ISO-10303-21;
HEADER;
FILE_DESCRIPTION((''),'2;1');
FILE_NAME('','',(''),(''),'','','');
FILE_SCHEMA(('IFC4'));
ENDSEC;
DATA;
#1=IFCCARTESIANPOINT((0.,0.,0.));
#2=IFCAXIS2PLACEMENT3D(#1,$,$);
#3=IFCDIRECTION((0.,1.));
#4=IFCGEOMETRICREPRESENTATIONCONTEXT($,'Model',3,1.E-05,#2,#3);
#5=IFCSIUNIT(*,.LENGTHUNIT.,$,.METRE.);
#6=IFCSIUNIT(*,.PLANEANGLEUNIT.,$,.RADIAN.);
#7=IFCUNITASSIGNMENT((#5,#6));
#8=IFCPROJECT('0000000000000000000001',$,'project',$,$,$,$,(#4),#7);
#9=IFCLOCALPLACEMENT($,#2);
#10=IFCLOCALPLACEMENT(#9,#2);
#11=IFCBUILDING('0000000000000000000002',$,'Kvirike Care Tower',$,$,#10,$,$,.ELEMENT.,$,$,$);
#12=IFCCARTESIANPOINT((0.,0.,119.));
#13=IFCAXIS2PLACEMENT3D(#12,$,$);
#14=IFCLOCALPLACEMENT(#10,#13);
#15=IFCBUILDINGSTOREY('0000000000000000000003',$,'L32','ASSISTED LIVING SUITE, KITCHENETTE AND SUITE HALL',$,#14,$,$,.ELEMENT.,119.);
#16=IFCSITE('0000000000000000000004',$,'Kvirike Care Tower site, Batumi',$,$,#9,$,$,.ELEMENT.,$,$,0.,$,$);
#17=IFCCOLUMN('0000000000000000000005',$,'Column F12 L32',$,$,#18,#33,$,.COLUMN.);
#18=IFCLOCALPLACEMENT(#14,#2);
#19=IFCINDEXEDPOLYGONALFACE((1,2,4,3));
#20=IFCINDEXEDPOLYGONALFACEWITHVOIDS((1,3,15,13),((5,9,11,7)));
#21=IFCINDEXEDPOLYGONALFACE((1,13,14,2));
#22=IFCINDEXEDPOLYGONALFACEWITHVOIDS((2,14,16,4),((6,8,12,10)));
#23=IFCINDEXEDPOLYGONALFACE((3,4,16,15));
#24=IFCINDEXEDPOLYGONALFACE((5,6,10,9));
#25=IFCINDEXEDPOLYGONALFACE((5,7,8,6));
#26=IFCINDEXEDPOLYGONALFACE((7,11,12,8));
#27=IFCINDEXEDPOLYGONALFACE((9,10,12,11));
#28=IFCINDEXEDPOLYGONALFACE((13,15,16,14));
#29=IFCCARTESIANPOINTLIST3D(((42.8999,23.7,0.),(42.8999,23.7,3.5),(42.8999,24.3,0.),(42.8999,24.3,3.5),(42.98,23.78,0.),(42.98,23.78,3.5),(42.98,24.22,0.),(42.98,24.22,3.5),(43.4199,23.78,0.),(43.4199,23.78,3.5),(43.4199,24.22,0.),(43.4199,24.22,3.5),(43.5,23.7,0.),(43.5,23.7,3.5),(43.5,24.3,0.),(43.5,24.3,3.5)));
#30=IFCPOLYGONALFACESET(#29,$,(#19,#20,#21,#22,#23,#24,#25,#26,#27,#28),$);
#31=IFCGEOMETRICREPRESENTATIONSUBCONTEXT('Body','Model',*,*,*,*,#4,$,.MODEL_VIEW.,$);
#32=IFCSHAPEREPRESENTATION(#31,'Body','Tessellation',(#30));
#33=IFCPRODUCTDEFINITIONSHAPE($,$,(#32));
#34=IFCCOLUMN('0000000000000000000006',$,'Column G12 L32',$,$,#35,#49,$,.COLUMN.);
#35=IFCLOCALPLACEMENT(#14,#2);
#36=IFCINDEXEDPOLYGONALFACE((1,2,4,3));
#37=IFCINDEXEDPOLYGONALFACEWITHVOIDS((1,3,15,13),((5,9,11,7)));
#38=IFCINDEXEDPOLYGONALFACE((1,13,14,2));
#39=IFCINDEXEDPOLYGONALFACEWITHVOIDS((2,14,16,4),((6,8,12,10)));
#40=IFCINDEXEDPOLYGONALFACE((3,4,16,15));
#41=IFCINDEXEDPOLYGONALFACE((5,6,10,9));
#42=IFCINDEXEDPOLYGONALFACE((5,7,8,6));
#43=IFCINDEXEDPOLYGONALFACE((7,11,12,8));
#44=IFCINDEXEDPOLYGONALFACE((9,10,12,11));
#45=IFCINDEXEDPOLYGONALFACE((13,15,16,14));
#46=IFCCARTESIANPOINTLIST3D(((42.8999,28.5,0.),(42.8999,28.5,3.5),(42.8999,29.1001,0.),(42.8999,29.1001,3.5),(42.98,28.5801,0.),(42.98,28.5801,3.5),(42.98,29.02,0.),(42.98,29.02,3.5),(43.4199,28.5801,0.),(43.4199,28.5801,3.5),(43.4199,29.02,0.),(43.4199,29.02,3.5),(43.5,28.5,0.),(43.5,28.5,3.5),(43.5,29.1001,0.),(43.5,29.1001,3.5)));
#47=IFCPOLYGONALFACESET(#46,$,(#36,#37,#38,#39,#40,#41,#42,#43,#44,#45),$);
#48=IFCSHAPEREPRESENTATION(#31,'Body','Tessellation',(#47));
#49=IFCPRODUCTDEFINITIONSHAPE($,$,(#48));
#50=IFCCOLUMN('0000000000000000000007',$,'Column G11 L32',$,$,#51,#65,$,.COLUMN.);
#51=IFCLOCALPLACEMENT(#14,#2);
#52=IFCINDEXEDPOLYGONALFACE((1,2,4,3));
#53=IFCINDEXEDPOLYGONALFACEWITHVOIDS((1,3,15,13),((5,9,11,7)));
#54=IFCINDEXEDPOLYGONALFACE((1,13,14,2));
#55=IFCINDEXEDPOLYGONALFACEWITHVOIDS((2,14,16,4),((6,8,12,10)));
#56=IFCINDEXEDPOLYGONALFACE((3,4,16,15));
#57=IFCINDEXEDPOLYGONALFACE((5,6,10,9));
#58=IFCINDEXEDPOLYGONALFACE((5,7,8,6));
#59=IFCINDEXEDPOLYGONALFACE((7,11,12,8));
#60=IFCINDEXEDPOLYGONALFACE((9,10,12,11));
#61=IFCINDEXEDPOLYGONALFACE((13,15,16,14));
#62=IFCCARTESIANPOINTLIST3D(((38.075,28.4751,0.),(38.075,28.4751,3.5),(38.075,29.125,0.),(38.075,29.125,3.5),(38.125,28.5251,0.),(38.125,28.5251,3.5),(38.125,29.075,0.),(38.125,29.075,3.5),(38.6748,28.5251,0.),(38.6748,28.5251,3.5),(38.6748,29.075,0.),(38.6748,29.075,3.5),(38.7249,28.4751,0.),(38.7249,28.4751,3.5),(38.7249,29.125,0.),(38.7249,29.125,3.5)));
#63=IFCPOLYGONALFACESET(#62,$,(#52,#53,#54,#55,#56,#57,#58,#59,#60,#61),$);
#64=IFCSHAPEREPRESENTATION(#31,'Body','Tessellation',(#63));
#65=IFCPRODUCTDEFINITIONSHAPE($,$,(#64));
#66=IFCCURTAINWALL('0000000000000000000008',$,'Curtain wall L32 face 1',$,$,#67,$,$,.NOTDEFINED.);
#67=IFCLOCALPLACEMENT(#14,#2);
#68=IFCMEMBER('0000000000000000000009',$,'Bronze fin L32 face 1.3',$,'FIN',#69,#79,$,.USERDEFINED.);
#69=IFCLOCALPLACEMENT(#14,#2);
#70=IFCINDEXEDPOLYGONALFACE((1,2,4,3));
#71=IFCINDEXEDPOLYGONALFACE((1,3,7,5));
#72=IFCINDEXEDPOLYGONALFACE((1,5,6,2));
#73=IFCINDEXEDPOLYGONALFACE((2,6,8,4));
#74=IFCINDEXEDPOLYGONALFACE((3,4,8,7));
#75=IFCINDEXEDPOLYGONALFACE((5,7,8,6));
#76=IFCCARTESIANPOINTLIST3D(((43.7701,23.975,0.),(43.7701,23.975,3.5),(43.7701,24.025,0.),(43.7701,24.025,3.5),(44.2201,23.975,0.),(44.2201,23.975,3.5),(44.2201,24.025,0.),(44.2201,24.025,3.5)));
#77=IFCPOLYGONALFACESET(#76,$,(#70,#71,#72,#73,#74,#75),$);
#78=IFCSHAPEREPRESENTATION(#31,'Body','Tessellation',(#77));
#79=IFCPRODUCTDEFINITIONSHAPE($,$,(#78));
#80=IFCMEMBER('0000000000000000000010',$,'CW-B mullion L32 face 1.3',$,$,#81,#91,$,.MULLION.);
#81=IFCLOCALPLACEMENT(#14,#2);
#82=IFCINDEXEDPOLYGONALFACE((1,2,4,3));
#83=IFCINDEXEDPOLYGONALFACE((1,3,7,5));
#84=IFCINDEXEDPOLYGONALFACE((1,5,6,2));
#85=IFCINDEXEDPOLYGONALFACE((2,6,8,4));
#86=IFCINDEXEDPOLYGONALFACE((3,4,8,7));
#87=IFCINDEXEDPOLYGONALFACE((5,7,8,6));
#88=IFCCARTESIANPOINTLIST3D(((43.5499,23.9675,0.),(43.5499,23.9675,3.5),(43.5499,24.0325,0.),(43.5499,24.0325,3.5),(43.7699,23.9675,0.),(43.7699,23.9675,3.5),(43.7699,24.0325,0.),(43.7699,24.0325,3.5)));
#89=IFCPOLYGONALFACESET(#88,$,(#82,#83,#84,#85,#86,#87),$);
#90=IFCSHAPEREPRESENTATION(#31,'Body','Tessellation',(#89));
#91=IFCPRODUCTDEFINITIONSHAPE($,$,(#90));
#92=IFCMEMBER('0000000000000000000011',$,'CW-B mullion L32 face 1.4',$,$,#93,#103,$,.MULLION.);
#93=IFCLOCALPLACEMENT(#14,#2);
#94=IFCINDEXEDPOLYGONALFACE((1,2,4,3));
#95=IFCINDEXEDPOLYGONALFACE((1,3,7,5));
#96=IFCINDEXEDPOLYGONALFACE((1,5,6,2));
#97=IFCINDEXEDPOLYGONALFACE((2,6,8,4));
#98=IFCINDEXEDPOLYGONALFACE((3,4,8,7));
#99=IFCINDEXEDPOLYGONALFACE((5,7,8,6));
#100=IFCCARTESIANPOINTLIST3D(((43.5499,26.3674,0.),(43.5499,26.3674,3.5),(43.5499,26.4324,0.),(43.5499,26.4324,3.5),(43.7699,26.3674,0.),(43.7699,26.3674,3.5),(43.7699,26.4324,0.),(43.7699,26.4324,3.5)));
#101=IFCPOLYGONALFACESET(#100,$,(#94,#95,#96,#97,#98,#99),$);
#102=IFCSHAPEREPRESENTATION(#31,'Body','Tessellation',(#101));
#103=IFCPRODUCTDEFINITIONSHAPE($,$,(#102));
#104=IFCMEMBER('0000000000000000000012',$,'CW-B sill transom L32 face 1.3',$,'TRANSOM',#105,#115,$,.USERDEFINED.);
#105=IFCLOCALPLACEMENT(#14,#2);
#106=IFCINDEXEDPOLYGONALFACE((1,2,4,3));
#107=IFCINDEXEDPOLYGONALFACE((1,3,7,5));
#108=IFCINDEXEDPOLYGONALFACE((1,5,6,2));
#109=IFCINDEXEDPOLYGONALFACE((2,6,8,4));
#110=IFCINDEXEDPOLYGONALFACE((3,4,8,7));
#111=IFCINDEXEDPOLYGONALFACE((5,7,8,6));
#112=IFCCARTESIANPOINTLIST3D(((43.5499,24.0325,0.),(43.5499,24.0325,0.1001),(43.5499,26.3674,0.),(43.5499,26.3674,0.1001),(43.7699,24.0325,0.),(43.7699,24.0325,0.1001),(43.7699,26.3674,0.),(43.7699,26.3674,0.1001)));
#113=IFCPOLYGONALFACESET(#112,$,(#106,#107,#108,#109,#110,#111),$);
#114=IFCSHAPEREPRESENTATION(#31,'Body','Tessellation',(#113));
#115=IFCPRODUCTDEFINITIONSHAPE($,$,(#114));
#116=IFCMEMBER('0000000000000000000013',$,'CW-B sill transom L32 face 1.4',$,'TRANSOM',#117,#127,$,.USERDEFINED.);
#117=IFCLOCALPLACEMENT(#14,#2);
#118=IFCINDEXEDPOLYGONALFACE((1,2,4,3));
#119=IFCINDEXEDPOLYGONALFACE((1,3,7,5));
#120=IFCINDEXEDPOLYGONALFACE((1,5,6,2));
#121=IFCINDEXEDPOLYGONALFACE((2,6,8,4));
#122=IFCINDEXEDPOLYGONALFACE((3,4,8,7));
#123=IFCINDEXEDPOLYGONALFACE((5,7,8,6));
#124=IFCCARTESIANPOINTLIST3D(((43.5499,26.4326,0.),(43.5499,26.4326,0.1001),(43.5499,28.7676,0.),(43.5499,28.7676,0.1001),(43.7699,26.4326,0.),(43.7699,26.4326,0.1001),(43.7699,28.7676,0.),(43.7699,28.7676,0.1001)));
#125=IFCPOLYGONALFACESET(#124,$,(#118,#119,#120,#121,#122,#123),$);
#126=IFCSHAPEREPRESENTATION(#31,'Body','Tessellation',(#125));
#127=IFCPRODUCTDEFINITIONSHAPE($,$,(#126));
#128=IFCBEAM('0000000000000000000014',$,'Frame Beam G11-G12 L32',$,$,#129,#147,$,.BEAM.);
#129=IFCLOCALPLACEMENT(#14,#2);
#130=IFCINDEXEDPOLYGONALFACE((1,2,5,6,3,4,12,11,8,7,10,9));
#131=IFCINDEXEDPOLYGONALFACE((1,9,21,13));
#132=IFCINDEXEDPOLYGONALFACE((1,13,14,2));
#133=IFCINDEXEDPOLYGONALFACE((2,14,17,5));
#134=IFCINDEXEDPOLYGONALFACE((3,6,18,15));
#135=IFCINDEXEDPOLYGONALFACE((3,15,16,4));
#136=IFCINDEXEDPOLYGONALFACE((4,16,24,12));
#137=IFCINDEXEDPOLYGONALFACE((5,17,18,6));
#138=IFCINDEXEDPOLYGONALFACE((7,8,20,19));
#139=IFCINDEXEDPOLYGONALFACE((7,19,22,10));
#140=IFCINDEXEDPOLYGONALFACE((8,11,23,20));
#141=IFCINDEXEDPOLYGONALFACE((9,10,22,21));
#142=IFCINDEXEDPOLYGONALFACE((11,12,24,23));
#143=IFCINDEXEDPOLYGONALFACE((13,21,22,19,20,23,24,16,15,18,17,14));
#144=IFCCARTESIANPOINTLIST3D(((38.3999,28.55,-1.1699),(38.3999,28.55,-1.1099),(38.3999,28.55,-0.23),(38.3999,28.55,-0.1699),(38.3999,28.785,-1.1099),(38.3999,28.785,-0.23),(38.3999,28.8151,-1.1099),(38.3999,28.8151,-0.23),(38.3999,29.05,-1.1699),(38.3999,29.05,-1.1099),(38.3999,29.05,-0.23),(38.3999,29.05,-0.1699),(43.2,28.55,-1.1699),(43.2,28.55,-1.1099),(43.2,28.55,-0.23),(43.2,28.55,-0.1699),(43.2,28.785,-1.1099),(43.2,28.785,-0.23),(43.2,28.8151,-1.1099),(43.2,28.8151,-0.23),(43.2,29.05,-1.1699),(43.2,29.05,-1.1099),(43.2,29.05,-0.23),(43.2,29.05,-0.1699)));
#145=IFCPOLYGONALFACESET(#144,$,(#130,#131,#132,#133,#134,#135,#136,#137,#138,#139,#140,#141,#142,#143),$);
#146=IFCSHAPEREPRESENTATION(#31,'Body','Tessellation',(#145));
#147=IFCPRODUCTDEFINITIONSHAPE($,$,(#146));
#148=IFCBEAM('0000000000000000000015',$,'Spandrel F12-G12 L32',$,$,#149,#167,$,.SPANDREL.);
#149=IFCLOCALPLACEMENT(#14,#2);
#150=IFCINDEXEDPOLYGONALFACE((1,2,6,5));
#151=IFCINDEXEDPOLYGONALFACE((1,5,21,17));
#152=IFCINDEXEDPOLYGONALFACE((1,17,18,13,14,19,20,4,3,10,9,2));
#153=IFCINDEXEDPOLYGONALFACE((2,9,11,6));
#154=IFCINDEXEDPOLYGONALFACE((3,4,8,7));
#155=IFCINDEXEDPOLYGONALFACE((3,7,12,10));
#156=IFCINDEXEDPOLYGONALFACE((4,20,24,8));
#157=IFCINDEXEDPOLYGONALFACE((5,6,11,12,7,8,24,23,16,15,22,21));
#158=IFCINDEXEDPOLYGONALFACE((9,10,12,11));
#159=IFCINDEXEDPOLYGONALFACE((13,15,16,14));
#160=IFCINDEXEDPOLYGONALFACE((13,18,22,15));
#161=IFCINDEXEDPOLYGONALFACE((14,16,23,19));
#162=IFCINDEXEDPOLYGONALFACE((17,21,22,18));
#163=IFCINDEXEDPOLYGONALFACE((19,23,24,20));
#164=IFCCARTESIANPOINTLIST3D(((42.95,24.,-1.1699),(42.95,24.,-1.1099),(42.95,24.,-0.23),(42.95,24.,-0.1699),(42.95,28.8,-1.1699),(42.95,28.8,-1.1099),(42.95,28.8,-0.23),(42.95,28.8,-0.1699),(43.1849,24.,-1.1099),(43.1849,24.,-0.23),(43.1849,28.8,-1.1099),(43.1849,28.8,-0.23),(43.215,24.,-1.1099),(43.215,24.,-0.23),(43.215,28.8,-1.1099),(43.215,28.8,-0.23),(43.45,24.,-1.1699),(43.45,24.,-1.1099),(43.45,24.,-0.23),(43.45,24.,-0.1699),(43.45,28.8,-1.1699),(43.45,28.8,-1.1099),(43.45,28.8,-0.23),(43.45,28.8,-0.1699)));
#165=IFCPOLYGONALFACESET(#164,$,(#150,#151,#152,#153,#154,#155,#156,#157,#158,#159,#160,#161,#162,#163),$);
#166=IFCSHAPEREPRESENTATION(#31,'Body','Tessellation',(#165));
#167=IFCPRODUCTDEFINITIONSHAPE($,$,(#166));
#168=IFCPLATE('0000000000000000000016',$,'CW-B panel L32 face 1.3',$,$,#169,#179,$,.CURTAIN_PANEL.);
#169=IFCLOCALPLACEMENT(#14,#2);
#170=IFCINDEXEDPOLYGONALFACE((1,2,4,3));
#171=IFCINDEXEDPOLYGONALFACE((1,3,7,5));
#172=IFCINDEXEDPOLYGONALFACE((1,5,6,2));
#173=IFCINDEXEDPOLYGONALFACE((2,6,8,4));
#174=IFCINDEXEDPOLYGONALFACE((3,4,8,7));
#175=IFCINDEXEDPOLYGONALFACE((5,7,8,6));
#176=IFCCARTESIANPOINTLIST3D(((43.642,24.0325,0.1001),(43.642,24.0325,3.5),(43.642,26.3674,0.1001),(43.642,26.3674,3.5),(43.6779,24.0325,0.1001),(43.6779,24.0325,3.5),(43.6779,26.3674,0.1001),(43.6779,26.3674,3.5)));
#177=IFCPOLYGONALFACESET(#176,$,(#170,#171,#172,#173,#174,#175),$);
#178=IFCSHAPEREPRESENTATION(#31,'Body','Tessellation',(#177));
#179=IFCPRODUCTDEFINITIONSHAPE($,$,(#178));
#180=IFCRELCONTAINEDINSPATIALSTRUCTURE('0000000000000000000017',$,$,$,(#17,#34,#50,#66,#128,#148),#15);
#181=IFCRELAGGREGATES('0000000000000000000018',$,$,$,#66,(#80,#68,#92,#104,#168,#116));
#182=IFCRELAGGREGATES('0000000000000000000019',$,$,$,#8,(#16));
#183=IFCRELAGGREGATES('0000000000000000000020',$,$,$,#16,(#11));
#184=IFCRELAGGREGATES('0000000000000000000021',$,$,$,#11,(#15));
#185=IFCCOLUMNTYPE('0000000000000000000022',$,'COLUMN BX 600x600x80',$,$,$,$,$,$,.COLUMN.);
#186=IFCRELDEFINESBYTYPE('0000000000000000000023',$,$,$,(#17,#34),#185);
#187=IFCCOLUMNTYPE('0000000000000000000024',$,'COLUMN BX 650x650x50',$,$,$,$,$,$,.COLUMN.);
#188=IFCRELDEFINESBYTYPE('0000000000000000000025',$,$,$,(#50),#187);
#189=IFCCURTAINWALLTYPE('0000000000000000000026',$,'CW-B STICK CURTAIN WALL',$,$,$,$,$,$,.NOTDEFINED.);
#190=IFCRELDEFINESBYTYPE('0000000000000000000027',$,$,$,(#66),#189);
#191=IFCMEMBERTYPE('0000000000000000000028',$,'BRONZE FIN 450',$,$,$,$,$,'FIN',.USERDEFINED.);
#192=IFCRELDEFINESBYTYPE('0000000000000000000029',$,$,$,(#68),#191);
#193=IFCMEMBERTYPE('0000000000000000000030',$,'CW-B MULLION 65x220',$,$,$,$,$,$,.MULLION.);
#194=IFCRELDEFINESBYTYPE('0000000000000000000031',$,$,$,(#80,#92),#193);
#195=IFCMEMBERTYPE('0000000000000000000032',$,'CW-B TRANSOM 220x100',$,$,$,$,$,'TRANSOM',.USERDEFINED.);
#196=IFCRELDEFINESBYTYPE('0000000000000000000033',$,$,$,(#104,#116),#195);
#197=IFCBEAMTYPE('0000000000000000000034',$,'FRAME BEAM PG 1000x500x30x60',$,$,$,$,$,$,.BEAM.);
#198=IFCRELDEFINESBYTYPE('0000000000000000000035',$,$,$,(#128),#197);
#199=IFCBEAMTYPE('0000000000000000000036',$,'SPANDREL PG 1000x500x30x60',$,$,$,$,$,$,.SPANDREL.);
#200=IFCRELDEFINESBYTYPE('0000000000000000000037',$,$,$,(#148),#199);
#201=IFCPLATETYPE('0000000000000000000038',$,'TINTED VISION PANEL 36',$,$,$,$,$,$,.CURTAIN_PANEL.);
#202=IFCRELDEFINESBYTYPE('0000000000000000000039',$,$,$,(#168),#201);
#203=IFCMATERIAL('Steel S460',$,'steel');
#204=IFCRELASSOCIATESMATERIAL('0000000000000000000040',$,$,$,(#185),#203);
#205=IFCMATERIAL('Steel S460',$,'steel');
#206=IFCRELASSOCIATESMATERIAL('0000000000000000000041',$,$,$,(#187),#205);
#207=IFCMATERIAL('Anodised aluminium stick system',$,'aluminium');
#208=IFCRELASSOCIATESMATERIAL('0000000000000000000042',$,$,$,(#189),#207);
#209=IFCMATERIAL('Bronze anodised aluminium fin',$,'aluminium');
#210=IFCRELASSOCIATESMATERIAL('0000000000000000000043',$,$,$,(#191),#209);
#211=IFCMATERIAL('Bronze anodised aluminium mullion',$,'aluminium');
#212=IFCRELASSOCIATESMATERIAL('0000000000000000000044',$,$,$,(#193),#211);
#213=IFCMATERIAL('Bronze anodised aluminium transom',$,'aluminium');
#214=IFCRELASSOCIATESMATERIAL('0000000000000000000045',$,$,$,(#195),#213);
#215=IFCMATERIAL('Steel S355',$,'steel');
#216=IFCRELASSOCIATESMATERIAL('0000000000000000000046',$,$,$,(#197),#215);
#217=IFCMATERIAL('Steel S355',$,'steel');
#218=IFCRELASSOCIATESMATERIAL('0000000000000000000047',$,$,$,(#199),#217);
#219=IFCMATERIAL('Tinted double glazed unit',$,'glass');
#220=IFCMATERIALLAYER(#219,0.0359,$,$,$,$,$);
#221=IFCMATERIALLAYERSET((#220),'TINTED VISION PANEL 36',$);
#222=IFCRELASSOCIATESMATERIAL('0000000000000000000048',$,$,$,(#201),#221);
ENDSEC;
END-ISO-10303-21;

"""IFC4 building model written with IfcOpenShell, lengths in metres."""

from ifc_helpers import new_model, si_unit, direction, frame, origin, origin_2d, place, context, subcontext, project, spatial, rectangle, hollow_rectangle, i_section, extrude, material, layer, layer_set, material_profile, profile_set, type_object, element, aggregate, save


model = new_model("IFC4")

# Units and contexts
model_context = context("Model", 3, precision=1e-05, world=origin(), true_north=direction((0.0, 1.0)))
body_context = subcontext(model_context, "Body", "Model", "MODEL_VIEW")
ifc_project = project(units=[si_unit("LENGTHUNIT", "METRE"), si_unit("PLANEANGLEUNIT", "RADIAN")], contexts=[model_context])

# Site, building, storey
site_placement = place(None, origin())
site = spatial("IfcSite", under=ifc_project, at=site_placement, Name="Kvirike Care Tower site, Batumi", CompositionType="ELEMENT", RefElevation=0.0)
building_placement = place(site_placement, origin())
building = spatial("IfcBuilding", under=site, at=building_placement, Name="Kvirike Care Tower", CompositionType="ELEMENT")
storey_placement = place(building_placement, frame((0.0, 0.0, 119.0)))
storey = spatial("IfcBuildingStorey", under=building, at=storey_placement, Name="L32", Description="ASSISTED LIVING SUITE, KITCHENETTE AND SUITE HALL", CompositionType="ELEMENT", Elevation=119.0)

# Columns
ifc_material_1 = material(Name="Steel S460", Category="steel")
ifc_material_profile_1 = material_profile(ifc_material_1, hollow_rectangle(XDim=0.6001, YDim=0.6001, WallThickness=0.0801, at=origin_2d()), Name="BX 600x600x80")
ifc_profile_set_1 = profile_set([ifc_material_profile_1], Name="Steel S460")
column_type_1 = type_object("IfcColumnType", Name="COLUMN BX 600x600x80", PredefinedType="COLUMN", material=ifc_profile_set_1)
for number, where, z_axis, x_axis, name in (
    (1, (43.2, 24.0, 0.0), (0.0, 0.0, 1.0), (1.0, 0.0, 0.0), "Column F12 L32"),
    (2, (43.2, 28.8, 0.0), (0.0, 0.0, 1.0), (0.0, 1.0, 0.0), "Column G12 L32"),
):
    element("IfcColumn", number, at=place(storey_placement, frame(where, z_axis=z_axis, x_axis=x_axis)), inside=storey, type_object=column_type_1, Name=name, PredefinedType="COLUMN", context=body_context, shape_type="SweptSolid", body=[
        extrude(hollow_rectangle(XDim=0.6001, YDim=0.6001, WallThickness=0.0801, at=origin_2d()), origin(), (0.0, 0.0, 1.0), 3.5),
    ])
ifc_material_2 = material(Name="Steel S460", Category="steel")
ifc_material_profile_2 = material_profile(ifc_material_2, hollow_rectangle(XDim=0.6499, YDim=0.6499, WallThickness=0.05, at=origin_2d()), Name="BX 650x650x50")
ifc_profile_set_2 = profile_set([ifc_material_profile_2], Name="Steel S460")
column_type_2 = type_object("IfcColumnType", Name="COLUMN BX 650x650x50", PredefinedType="COLUMN", material=ifc_profile_set_2)
column_placement = place(storey_placement, frame((38.3999, 28.8, 0.0), z_axis=(0.0, 0.0, 1.0), x_axis=(0.0, 1.0, 0.0)))
element("IfcColumn", 3, at=column_placement, inside=storey, type_object=column_type_2, Name="Column G11 L32", PredefinedType="COLUMN", context=body_context, shape_type="SweptSolid", body=[
    extrude(hollow_rectangle(XDim=0.6499, YDim=0.6499, WallThickness=0.05, at=origin_2d()), origin(), (0.0, 0.0, 1.0), 3.5),
])

# Curtain wall, members
ifc_material_3 = material(Name="Anodised aluminium stick system", Category="aluminium")
curtain_wall_type = type_object("IfcCurtainWallType", Name="CW-B STICK CURTAIN WALL", PredefinedType="NOTDEFINED", material=ifc_material_3)
curtain_wall_placement = place(storey_placement, origin())
curtain_wall = element("IfcCurtainWall", 4, at=curtain_wall_placement, inside=storey, type_object=curtain_wall_type, Name="Curtain wall L32 face 1", PredefinedType="NOTDEFINED")
ifc_material_4 = material(Name="Bronze anodised aluminium fin", Category="aluminium")
ifc_material_profile_3 = material_profile(ifc_material_4, rectangle(XDim=0.05, YDim=0.45, at=origin_2d()), Name="BRONZE FIN 450")
ifc_profile_set_3 = profile_set([ifc_material_profile_3], Name="Bronze anodised aluminium fin")
member_type_1 = type_object("IfcMemberType", Name="BRONZE FIN 450", ElementType="FIN", PredefinedType="USERDEFINED", material=ifc_profile_set_3)
member_1_placement = place(storey_placement, frame((43.9951, 24.0, 0.0), z_axis=(0.0, 0.0, 1.0), x_axis=(0.0, 1.0, 0.0)))
member_1 = element("IfcMember", 5, at=member_1_placement, type_object=member_type_1, Name="Bronze fin L32 face 1.3", ObjectType="FIN", PredefinedType="USERDEFINED", context=body_context, shape_type="SweptSolid", body=[
    extrude(rectangle(XDim=0.05, YDim=0.45, at=origin_2d()), origin(), (0.0, 0.0, 1.0), 3.5),
])
ifc_material_5 = material(Name="Bronze anodised aluminium mullion", Category="aluminium")
ifc_material_profile_4 = material_profile(ifc_material_5, rectangle(XDim=0.0649, YDim=0.22, at=origin_2d()), Name="CW-B MULLION 65x220")
ifc_profile_set_4 = profile_set([ifc_material_profile_4], Name="Bronze anodised aluminium mullion")
member_type_2 = type_object("IfcMemberType", Name="CW-B MULLION 65x220", PredefinedType="MULLION", material=ifc_profile_set_4)
member_2_placement = place(storey_placement, frame((43.6599, 24.0, 0.0), z_axis=(0.0, 0.0, 1.0), x_axis=(0.0, 1.0, 0.0)))
member_2 = element("IfcMember", 6, at=member_2_placement, type_object=member_type_2, Name="CW-B mullion L32 face 1.3", PredefinedType="MULLION", context=body_context, shape_type="SweptSolid", body=[
    extrude(rectangle(XDim=0.0649, YDim=0.22, at=origin_2d()), origin(), (0.0, 0.0, 1.0), 3.5),
])
member_3_placement = place(storey_placement, frame((43.6599, 26.3999, 0.0), z_axis=(0.0, 0.0, 1.0), x_axis=(0.0, 1.0, 0.0)))
member_3 = element("IfcMember", 7, at=member_3_placement, type_object=member_type_2, Name="CW-B mullion L32 face 1.4", PredefinedType="MULLION", context=body_context, shape_type="SweptSolid", body=[
    extrude(rectangle(XDim=0.0649, YDim=0.22, at=origin_2d()), origin(), (0.0, 0.0, 1.0), 3.5),
])
ifc_material_6 = material(Name="Bronze anodised aluminium transom", Category="aluminium")
ifc_material_profile_5 = material_profile(ifc_material_6, rectangle(XDim=0.22, YDim=0.1001, at=origin_2d()), Name="CW-B TRANSOM 220x100")
ifc_profile_set_5 = profile_set([ifc_material_profile_5], Name="Bronze anodised aluminium transom")
member_type_3 = type_object("IfcMemberType", Name="CW-B TRANSOM 220x100", ElementType="TRANSOM", PredefinedType="USERDEFINED", material=ifc_profile_set_5)
member_4_placement = place(storey_placement, frame((43.6599, 24.0325, 0.05), z_axis=(0.0, 1.0, 0.0), x_axis=(-1.0, 0.0, 0.0)))
member_4 = element("IfcMember", 8, at=member_4_placement, type_object=member_type_3, Name="CW-B sill transom L32 face 1.3", ObjectType="TRANSOM", PredefinedType="USERDEFINED", context=body_context, shape_type="SweptSolid", body=[
    extrude(rectangle(XDim=0.22, YDim=0.1001, at=origin_2d()), origin(), (0.0, 0.0, 1.0), 2.335),
])
member_5_placement = place(storey_placement, frame((43.6599, 26.4326, 0.05), z_axis=(0.0, 1.0, 0.0), x_axis=(-1.0, 0.0, 0.0)))
member_5 = element("IfcMember", 9, at=member_5_placement, type_object=member_type_3, Name="CW-B sill transom L32 face 1.4", ObjectType="TRANSOM", PredefinedType="USERDEFINED", context=body_context, shape_type="SweptSolid", body=[
    extrude(rectangle(XDim=0.22, YDim=0.1001, at=origin_2d()), origin(), (0.0, 0.0, 1.0), 2.335),
])

# Beams
ifc_material_7 = material(Name="Steel S355", Category="steel")
ifc_material_profile_6 = material_profile(ifc_material_7, i_section(OverallWidth=0.5, OverallDepth=1.0, WebThickness=0.03, FlangeThickness=0.0601, at=origin_2d()), Name="PG 1000x500x30x60")
ifc_profile_set_6 = profile_set([ifc_material_profile_6], Name="Steel S355")
beam_type_1 = type_object("IfcBeamType", Name="FRAME BEAM PG 1000x500x30x60", PredefinedType="BEAM", material=ifc_profile_set_6)
beam_1_placement = place(storey_placement, frame((38.3999, 28.8, -0.6699), z_axis=(1.0, 0.0, 0.0), x_axis=(0.0, 1.0, 0.0)))
element("IfcBeam", 10, at=beam_1_placement, inside=storey, type_object=beam_type_1, Name="Frame Beam G11-G12 L32", PredefinedType="BEAM", context=body_context, shape_type="SweptSolid", body=[
    extrude(i_section(OverallWidth=0.5, OverallDepth=1.0, WebThickness=0.03, FlangeThickness=0.0601, at=origin_2d()), origin(), (0.0, 0.0, 1.0), 4.8),
])
ifc_material_8 = material(Name="Steel S355", Category="steel")
ifc_material_profile_7 = material_profile(ifc_material_8, i_section(OverallWidth=0.5, OverallDepth=1.0, WebThickness=0.03, FlangeThickness=0.0601, at=origin_2d()), Name="PG 1000x500x30x60")
ifc_profile_set_7 = profile_set([ifc_material_profile_7], Name="Steel S355")
beam_type_2 = type_object("IfcBeamType", Name="SPANDREL PG 1000x500x30x60", PredefinedType="SPANDREL", material=ifc_profile_set_7)
beam_2_placement = place(storey_placement, frame((43.2, 24.0, -0.6699), z_axis=(0.0, 1.0, 0.0), x_axis=(-1.0, 0.0, 0.0)))
element("IfcBeam", 11, at=beam_2_placement, inside=storey, type_object=beam_type_2, Name="Spandrel F12-G12 L32", PredefinedType="SPANDREL", context=body_context, shape_type="SweptSolid", body=[
    extrude(i_section(OverallWidth=0.5, OverallDepth=1.0, WebThickness=0.03, FlangeThickness=0.0601, at=origin_2d()), origin(), (0.0, 0.0, 1.0), 4.8),
])

# Plate
ifc_material_9 = material(Name="Tinted double glazed unit", Category="glass")
ifc_layer_1 = layer(ifc_material_9, 0.0359)
ifc_layer_set_1 = layer_set([ifc_layer_1], Name="TINTED VISION PANEL 36")
plate_type = type_object("IfcPlateType", Name="TINTED VISION PANEL 36", PredefinedType="CURTAIN_PANEL", material=ifc_layer_set_1)
plate_1_placement = place(storey_placement, frame((43.6599, 25.2, 0.1001), z_axis=(0.0, 0.0, 1.0), x_axis=(0.0, 1.0, 0.0)))
plate_1 = element("IfcPlate", 12, at=plate_1_placement, type_object=plate_type, Name="CW-B panel L32 face 1.3", PredefinedType="CURTAIN_PANEL", context=body_context, shape_type="SweptSolid", body=[
    extrude(rectangle(XDim=2.335, YDim=0.0359, at=origin_2d()), origin(), (0.0, 0.0, 1.0), 3.3999),
])
aggregate(curtain_wall, [member_2, member_1, member_3, member_4, plate_1, member_5])

save(model, "model.ifc")
